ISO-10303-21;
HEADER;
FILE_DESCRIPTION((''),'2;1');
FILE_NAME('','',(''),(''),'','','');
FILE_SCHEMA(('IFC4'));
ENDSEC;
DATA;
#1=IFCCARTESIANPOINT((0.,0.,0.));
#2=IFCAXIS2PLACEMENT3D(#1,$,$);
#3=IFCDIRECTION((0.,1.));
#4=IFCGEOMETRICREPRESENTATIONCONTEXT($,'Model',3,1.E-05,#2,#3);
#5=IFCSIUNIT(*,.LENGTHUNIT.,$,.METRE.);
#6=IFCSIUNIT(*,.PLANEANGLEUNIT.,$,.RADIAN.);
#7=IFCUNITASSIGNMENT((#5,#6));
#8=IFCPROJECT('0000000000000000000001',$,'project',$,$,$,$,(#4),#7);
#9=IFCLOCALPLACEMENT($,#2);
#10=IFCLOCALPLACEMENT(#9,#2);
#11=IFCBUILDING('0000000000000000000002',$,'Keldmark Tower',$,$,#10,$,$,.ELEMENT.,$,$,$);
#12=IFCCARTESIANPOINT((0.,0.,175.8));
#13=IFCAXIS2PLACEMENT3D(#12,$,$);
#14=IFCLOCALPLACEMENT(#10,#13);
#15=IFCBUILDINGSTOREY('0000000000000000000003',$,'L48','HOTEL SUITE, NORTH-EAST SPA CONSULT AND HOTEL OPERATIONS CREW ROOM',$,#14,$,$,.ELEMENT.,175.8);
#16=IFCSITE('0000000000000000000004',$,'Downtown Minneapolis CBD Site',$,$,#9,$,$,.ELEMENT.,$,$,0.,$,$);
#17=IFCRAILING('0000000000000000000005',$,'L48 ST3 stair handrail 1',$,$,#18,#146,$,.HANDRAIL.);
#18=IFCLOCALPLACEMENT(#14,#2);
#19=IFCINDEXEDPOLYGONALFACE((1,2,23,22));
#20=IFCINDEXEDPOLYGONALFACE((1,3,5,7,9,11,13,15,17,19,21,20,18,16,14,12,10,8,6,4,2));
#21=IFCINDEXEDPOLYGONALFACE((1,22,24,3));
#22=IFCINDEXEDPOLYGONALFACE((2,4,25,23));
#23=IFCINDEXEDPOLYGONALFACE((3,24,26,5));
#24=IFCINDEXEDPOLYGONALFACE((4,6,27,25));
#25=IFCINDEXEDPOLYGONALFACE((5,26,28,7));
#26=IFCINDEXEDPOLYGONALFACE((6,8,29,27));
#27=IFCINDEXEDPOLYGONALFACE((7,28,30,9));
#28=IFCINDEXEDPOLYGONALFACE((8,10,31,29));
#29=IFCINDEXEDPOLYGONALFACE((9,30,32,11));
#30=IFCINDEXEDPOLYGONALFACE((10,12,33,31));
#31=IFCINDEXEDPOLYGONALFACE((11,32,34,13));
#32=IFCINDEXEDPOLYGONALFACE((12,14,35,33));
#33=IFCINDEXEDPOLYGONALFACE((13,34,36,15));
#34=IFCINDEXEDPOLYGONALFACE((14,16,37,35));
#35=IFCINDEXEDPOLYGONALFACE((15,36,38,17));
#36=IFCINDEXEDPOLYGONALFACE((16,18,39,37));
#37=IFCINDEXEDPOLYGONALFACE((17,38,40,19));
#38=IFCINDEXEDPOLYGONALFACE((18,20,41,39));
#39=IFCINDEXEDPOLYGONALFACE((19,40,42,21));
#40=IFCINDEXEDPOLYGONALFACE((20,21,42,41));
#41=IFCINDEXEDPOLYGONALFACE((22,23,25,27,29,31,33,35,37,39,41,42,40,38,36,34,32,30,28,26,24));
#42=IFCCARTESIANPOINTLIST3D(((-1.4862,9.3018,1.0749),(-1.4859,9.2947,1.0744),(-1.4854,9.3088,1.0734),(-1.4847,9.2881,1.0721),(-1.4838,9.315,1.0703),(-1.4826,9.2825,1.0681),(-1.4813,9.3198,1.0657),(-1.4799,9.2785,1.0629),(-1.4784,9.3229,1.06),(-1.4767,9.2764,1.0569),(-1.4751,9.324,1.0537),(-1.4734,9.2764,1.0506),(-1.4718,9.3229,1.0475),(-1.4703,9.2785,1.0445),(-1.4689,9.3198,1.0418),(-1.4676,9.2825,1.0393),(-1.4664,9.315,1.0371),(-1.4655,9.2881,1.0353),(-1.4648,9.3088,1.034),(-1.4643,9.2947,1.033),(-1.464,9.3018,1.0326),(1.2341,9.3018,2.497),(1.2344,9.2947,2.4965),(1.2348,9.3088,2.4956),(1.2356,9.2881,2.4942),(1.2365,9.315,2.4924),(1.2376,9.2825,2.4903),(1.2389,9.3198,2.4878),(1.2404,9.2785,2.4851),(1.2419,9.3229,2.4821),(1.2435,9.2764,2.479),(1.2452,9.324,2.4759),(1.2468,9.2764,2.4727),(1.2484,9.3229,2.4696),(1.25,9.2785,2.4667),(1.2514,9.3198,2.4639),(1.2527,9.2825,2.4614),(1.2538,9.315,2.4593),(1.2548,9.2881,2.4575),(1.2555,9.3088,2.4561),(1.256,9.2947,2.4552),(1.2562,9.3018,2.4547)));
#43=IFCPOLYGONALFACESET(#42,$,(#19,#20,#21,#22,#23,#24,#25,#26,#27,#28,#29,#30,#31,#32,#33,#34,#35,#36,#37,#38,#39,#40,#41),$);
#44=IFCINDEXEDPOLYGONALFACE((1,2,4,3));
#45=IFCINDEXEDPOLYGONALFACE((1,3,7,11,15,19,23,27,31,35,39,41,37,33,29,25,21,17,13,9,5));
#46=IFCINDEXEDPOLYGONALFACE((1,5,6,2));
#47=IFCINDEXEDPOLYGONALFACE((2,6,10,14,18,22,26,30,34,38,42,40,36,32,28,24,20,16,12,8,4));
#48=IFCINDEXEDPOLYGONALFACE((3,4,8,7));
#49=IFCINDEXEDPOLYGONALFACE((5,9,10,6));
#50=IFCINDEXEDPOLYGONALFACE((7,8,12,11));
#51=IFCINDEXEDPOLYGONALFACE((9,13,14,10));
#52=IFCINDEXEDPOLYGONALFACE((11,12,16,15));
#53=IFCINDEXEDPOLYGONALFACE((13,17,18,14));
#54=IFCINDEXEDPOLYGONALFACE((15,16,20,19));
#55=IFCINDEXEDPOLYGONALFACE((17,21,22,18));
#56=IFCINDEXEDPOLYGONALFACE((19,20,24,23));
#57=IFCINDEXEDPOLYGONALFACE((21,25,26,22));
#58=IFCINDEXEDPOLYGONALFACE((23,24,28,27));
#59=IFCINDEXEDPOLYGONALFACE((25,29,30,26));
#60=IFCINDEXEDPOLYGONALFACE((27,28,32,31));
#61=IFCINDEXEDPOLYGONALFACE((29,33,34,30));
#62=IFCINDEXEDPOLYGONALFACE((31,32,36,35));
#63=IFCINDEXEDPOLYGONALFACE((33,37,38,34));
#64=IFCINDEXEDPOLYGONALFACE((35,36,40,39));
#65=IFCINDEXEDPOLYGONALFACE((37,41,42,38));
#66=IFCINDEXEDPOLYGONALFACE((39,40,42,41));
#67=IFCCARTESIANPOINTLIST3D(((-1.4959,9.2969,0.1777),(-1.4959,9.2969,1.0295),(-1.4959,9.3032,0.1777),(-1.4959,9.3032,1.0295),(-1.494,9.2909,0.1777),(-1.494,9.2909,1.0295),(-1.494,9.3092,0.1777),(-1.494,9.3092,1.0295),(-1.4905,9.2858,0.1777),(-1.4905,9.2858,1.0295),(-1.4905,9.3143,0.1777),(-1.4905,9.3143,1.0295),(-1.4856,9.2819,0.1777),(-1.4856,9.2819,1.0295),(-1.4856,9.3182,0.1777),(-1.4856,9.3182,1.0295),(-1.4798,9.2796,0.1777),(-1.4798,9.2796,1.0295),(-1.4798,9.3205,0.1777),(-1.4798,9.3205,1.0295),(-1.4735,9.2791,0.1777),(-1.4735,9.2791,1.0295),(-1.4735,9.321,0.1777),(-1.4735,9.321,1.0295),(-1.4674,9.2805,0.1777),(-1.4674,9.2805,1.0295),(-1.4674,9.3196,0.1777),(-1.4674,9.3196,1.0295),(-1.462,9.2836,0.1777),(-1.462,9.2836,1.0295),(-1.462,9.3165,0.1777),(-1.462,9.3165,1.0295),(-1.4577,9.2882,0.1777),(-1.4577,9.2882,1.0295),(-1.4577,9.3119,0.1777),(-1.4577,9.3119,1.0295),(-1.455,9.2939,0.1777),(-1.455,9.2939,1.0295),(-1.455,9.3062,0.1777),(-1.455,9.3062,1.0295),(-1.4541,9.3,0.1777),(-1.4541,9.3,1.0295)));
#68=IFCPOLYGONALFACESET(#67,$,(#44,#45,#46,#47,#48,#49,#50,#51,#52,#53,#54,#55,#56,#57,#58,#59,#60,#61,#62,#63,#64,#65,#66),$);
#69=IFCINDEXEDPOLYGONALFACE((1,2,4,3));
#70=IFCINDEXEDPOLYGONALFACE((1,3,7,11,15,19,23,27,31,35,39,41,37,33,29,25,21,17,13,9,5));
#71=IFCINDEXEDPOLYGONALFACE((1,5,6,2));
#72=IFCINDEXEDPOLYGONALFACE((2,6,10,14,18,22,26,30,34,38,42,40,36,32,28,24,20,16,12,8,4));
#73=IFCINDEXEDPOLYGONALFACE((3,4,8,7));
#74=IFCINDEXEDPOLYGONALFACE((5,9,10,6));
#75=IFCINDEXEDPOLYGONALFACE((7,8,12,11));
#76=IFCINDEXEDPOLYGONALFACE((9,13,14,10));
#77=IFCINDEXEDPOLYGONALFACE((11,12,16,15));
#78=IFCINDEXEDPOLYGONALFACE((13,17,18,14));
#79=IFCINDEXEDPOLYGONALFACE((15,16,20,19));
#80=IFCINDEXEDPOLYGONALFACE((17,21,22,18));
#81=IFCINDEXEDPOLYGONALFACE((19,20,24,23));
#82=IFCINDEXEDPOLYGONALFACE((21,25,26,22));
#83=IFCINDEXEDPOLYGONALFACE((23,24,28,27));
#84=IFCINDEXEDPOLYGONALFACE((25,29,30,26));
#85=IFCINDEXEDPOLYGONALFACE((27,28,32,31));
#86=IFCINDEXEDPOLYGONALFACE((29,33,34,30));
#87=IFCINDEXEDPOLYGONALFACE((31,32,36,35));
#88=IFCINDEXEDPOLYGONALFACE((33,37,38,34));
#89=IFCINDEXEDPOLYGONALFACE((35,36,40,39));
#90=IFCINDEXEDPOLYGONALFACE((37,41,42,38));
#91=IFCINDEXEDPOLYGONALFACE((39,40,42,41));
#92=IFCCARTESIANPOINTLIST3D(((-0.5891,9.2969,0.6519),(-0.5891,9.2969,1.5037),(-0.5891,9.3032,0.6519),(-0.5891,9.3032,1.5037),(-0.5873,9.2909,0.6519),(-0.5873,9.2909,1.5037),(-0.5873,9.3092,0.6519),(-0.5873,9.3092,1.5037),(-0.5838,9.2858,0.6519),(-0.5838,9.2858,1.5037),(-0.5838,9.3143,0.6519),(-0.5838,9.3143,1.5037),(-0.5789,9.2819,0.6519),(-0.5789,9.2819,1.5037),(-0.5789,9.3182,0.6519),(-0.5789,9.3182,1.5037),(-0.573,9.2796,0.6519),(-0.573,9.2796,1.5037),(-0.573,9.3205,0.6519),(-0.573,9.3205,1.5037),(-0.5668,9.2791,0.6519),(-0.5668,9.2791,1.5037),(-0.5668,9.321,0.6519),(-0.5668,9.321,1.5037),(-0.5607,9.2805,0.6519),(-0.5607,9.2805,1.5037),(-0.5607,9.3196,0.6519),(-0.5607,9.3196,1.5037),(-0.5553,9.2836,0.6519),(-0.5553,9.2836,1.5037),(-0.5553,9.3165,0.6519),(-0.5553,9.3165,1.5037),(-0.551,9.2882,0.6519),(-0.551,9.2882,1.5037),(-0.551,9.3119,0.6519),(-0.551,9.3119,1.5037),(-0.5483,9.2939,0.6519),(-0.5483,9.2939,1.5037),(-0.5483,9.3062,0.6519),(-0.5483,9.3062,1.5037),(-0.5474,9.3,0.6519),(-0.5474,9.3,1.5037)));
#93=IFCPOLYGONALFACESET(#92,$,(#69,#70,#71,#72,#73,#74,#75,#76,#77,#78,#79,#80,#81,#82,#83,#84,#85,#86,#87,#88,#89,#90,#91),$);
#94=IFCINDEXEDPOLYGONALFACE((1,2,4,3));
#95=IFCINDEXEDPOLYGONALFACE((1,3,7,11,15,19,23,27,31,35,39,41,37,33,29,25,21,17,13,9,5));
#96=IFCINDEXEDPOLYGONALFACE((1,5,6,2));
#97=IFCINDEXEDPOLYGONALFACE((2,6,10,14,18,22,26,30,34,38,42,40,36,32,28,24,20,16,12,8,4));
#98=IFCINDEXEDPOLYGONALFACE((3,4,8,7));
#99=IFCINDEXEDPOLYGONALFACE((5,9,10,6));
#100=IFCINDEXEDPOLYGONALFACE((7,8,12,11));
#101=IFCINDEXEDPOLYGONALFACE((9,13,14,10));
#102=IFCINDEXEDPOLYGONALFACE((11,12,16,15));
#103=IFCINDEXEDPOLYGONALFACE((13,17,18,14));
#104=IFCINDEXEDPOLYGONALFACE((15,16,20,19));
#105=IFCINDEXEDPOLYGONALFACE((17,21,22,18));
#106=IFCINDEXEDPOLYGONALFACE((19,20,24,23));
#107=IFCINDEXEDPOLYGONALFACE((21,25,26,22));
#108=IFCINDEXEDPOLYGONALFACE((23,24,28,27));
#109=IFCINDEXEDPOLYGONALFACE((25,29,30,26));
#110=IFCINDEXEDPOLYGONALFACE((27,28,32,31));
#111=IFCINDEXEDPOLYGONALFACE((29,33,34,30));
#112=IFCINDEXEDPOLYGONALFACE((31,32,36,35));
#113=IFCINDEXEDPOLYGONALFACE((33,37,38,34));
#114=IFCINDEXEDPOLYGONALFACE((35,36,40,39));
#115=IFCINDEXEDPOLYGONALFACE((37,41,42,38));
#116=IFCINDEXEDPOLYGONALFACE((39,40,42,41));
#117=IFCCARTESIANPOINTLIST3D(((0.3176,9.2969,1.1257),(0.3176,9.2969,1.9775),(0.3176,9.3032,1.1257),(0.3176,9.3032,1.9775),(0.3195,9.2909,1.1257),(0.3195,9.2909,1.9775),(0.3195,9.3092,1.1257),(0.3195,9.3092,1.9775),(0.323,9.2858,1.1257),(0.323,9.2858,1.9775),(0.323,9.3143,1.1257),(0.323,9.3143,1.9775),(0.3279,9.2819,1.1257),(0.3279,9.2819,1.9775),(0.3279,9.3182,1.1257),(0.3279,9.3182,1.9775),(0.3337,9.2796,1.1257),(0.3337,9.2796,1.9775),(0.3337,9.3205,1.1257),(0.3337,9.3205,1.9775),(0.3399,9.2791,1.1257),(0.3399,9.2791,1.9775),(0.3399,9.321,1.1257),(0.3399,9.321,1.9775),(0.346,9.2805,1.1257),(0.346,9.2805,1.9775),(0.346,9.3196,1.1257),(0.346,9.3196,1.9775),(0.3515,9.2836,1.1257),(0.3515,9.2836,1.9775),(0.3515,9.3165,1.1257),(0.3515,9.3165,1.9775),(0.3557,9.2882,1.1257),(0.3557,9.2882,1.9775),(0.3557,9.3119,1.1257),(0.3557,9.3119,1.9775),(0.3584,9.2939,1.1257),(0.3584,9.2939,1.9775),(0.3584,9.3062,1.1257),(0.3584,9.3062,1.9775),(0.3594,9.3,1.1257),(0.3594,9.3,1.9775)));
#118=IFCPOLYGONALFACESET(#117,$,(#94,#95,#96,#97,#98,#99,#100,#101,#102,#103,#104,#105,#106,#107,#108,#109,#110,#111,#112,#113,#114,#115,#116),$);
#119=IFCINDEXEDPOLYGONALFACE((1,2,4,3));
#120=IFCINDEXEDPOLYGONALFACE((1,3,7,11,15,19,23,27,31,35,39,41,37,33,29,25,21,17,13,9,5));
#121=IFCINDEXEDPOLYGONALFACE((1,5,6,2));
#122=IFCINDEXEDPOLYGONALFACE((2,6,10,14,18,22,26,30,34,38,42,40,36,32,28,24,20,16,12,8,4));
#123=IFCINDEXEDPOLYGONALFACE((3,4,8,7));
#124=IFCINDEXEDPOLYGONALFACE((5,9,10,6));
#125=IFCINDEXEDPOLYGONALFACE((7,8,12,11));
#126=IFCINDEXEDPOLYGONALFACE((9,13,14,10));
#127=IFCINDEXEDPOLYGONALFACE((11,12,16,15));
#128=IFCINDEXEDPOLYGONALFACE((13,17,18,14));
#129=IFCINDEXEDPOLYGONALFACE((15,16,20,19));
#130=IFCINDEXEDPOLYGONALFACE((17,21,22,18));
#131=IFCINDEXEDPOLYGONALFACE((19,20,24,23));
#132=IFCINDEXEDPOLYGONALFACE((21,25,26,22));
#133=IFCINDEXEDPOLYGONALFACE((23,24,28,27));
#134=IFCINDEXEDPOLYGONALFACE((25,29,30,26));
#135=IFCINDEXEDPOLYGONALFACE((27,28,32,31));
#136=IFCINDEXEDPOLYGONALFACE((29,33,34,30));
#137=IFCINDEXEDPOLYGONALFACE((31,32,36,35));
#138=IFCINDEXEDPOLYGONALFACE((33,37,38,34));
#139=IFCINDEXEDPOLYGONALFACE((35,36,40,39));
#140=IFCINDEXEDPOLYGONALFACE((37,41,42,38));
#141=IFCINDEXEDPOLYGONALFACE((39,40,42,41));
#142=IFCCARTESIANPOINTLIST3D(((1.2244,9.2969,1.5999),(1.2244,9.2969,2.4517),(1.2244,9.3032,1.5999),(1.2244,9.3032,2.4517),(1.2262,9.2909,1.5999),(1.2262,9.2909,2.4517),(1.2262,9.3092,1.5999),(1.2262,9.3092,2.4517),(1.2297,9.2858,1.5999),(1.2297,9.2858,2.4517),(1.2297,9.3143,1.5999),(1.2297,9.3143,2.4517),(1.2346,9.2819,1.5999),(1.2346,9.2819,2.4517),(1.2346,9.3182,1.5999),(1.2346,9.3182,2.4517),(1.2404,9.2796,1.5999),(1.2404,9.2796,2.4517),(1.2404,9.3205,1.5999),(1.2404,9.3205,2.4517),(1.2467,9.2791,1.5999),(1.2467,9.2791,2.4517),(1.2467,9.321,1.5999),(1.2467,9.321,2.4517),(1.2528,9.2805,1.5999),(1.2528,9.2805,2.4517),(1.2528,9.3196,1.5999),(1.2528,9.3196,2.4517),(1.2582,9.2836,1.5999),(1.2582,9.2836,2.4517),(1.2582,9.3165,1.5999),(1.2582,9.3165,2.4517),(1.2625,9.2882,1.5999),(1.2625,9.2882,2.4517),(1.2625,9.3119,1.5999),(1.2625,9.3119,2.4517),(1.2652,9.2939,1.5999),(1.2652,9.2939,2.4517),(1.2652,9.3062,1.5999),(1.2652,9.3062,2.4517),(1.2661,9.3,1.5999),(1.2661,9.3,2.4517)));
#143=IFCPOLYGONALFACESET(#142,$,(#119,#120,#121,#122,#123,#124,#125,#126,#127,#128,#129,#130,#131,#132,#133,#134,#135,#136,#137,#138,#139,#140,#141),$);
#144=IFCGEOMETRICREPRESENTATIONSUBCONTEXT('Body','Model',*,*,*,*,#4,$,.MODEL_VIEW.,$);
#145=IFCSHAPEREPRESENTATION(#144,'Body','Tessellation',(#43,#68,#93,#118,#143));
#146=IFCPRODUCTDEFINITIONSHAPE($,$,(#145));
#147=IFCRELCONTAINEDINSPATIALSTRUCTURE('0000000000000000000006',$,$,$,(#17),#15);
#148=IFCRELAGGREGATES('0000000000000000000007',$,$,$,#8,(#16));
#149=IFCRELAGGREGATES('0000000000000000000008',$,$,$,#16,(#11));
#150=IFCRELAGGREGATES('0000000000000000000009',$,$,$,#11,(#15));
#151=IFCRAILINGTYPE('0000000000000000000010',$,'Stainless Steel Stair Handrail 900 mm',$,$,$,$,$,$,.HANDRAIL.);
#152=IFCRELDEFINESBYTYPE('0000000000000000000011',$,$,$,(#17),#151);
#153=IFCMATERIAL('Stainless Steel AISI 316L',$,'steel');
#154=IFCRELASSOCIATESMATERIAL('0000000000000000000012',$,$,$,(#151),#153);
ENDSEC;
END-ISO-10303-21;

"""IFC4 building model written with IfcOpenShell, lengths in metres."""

from ifc_helpers import new_model, si_unit, direction, frame, origin, origin_2d, place, context, subcontext, project, spatial, circle, extrude, material, type_object, element, save


model = new_model("IFC4")

# Units and contexts
model_context = context("Model", 3, precision=1e-05, world=origin(), true_north=direction((0.0, 1.0)))
body_context = subcontext(model_context, "Body", "Model", "MODEL_VIEW")
ifc_project = project(units=[si_unit("LENGTHUNIT", "METRE"), si_unit("PLANEANGLEUNIT", "RADIAN")], contexts=[model_context])

# Site, building, storey
site_placement = place(None, origin())
site = spatial("IfcSite", under=ifc_project, at=site_placement, Name="Downtown Minneapolis CBD Site", CompositionType="ELEMENT", RefElevation=0.0)
building_placement = place(site_placement, origin())
building = spatial("IfcBuilding", under=site, at=building_placement, Name="Keldmark Tower", CompositionType="ELEMENT")
storey_placement = place(building_placement, frame((0.0, 0.0, 175.8)))
storey = spatial("IfcBuildingStorey", under=building, at=storey_placement, Name="L48", Description="HOTEL SUITE, NORTH-EAST SPA CONSULT AND HOTEL OPERATIONS CREW ROOM", CompositionType="ELEMENT", Elevation=175.8)

# Railing
ifc_material_1 = material(Name="Stainless Steel AISI 316L", Category="steel")
railing_type = type_object("IfcRailingType", Name="Stainless Steel Stair Handrail 900 mm", PredefinedType="HANDRAIL", material=ifc_material_1)
railing_placement = place(storey_placement, frame((-1.4751, 9.3, 0.1777)))
element("IfcRailing", 1, at=railing_placement, inside=storey, type_object=railing_type, Name="L48 ST3 stair handrail 1", PredefinedType="HANDRAIL", context=body_context, shape_type="SweptSolid", body=[
    extrude(circle(Radius=0.0239, at=origin_2d()), frame((0.0, 0.0, 0.876), z_axis=(0.8862, 0.0, 0.463302), x_axis=(0.0, 1.0, 0.0)), (0.0, 0.0, 1.0), 3.0696),
    extrude(circle(Radius=0.021, at=origin_2d()), origin(), (0.0, 0.0, 1.0), 0.8518),
    extrude(circle(Radius=0.021, at=origin_2d()), frame((0.9067, 0.0, 0.4741)), (0.0, 0.0, 1.0), 0.8518),
    extrude(circle(Radius=0.021, at=origin_2d()), frame((1.8135, 0.0, 0.948)), (0.0, 0.0, 1.0), 0.8518),
    extrude(circle(Radius=0.021, at=origin_2d()), frame((2.7202, 0.0, 1.4221)), (0.0, 0.0, 1.0), 0.8518),
])

save(model, "model.ifc")
